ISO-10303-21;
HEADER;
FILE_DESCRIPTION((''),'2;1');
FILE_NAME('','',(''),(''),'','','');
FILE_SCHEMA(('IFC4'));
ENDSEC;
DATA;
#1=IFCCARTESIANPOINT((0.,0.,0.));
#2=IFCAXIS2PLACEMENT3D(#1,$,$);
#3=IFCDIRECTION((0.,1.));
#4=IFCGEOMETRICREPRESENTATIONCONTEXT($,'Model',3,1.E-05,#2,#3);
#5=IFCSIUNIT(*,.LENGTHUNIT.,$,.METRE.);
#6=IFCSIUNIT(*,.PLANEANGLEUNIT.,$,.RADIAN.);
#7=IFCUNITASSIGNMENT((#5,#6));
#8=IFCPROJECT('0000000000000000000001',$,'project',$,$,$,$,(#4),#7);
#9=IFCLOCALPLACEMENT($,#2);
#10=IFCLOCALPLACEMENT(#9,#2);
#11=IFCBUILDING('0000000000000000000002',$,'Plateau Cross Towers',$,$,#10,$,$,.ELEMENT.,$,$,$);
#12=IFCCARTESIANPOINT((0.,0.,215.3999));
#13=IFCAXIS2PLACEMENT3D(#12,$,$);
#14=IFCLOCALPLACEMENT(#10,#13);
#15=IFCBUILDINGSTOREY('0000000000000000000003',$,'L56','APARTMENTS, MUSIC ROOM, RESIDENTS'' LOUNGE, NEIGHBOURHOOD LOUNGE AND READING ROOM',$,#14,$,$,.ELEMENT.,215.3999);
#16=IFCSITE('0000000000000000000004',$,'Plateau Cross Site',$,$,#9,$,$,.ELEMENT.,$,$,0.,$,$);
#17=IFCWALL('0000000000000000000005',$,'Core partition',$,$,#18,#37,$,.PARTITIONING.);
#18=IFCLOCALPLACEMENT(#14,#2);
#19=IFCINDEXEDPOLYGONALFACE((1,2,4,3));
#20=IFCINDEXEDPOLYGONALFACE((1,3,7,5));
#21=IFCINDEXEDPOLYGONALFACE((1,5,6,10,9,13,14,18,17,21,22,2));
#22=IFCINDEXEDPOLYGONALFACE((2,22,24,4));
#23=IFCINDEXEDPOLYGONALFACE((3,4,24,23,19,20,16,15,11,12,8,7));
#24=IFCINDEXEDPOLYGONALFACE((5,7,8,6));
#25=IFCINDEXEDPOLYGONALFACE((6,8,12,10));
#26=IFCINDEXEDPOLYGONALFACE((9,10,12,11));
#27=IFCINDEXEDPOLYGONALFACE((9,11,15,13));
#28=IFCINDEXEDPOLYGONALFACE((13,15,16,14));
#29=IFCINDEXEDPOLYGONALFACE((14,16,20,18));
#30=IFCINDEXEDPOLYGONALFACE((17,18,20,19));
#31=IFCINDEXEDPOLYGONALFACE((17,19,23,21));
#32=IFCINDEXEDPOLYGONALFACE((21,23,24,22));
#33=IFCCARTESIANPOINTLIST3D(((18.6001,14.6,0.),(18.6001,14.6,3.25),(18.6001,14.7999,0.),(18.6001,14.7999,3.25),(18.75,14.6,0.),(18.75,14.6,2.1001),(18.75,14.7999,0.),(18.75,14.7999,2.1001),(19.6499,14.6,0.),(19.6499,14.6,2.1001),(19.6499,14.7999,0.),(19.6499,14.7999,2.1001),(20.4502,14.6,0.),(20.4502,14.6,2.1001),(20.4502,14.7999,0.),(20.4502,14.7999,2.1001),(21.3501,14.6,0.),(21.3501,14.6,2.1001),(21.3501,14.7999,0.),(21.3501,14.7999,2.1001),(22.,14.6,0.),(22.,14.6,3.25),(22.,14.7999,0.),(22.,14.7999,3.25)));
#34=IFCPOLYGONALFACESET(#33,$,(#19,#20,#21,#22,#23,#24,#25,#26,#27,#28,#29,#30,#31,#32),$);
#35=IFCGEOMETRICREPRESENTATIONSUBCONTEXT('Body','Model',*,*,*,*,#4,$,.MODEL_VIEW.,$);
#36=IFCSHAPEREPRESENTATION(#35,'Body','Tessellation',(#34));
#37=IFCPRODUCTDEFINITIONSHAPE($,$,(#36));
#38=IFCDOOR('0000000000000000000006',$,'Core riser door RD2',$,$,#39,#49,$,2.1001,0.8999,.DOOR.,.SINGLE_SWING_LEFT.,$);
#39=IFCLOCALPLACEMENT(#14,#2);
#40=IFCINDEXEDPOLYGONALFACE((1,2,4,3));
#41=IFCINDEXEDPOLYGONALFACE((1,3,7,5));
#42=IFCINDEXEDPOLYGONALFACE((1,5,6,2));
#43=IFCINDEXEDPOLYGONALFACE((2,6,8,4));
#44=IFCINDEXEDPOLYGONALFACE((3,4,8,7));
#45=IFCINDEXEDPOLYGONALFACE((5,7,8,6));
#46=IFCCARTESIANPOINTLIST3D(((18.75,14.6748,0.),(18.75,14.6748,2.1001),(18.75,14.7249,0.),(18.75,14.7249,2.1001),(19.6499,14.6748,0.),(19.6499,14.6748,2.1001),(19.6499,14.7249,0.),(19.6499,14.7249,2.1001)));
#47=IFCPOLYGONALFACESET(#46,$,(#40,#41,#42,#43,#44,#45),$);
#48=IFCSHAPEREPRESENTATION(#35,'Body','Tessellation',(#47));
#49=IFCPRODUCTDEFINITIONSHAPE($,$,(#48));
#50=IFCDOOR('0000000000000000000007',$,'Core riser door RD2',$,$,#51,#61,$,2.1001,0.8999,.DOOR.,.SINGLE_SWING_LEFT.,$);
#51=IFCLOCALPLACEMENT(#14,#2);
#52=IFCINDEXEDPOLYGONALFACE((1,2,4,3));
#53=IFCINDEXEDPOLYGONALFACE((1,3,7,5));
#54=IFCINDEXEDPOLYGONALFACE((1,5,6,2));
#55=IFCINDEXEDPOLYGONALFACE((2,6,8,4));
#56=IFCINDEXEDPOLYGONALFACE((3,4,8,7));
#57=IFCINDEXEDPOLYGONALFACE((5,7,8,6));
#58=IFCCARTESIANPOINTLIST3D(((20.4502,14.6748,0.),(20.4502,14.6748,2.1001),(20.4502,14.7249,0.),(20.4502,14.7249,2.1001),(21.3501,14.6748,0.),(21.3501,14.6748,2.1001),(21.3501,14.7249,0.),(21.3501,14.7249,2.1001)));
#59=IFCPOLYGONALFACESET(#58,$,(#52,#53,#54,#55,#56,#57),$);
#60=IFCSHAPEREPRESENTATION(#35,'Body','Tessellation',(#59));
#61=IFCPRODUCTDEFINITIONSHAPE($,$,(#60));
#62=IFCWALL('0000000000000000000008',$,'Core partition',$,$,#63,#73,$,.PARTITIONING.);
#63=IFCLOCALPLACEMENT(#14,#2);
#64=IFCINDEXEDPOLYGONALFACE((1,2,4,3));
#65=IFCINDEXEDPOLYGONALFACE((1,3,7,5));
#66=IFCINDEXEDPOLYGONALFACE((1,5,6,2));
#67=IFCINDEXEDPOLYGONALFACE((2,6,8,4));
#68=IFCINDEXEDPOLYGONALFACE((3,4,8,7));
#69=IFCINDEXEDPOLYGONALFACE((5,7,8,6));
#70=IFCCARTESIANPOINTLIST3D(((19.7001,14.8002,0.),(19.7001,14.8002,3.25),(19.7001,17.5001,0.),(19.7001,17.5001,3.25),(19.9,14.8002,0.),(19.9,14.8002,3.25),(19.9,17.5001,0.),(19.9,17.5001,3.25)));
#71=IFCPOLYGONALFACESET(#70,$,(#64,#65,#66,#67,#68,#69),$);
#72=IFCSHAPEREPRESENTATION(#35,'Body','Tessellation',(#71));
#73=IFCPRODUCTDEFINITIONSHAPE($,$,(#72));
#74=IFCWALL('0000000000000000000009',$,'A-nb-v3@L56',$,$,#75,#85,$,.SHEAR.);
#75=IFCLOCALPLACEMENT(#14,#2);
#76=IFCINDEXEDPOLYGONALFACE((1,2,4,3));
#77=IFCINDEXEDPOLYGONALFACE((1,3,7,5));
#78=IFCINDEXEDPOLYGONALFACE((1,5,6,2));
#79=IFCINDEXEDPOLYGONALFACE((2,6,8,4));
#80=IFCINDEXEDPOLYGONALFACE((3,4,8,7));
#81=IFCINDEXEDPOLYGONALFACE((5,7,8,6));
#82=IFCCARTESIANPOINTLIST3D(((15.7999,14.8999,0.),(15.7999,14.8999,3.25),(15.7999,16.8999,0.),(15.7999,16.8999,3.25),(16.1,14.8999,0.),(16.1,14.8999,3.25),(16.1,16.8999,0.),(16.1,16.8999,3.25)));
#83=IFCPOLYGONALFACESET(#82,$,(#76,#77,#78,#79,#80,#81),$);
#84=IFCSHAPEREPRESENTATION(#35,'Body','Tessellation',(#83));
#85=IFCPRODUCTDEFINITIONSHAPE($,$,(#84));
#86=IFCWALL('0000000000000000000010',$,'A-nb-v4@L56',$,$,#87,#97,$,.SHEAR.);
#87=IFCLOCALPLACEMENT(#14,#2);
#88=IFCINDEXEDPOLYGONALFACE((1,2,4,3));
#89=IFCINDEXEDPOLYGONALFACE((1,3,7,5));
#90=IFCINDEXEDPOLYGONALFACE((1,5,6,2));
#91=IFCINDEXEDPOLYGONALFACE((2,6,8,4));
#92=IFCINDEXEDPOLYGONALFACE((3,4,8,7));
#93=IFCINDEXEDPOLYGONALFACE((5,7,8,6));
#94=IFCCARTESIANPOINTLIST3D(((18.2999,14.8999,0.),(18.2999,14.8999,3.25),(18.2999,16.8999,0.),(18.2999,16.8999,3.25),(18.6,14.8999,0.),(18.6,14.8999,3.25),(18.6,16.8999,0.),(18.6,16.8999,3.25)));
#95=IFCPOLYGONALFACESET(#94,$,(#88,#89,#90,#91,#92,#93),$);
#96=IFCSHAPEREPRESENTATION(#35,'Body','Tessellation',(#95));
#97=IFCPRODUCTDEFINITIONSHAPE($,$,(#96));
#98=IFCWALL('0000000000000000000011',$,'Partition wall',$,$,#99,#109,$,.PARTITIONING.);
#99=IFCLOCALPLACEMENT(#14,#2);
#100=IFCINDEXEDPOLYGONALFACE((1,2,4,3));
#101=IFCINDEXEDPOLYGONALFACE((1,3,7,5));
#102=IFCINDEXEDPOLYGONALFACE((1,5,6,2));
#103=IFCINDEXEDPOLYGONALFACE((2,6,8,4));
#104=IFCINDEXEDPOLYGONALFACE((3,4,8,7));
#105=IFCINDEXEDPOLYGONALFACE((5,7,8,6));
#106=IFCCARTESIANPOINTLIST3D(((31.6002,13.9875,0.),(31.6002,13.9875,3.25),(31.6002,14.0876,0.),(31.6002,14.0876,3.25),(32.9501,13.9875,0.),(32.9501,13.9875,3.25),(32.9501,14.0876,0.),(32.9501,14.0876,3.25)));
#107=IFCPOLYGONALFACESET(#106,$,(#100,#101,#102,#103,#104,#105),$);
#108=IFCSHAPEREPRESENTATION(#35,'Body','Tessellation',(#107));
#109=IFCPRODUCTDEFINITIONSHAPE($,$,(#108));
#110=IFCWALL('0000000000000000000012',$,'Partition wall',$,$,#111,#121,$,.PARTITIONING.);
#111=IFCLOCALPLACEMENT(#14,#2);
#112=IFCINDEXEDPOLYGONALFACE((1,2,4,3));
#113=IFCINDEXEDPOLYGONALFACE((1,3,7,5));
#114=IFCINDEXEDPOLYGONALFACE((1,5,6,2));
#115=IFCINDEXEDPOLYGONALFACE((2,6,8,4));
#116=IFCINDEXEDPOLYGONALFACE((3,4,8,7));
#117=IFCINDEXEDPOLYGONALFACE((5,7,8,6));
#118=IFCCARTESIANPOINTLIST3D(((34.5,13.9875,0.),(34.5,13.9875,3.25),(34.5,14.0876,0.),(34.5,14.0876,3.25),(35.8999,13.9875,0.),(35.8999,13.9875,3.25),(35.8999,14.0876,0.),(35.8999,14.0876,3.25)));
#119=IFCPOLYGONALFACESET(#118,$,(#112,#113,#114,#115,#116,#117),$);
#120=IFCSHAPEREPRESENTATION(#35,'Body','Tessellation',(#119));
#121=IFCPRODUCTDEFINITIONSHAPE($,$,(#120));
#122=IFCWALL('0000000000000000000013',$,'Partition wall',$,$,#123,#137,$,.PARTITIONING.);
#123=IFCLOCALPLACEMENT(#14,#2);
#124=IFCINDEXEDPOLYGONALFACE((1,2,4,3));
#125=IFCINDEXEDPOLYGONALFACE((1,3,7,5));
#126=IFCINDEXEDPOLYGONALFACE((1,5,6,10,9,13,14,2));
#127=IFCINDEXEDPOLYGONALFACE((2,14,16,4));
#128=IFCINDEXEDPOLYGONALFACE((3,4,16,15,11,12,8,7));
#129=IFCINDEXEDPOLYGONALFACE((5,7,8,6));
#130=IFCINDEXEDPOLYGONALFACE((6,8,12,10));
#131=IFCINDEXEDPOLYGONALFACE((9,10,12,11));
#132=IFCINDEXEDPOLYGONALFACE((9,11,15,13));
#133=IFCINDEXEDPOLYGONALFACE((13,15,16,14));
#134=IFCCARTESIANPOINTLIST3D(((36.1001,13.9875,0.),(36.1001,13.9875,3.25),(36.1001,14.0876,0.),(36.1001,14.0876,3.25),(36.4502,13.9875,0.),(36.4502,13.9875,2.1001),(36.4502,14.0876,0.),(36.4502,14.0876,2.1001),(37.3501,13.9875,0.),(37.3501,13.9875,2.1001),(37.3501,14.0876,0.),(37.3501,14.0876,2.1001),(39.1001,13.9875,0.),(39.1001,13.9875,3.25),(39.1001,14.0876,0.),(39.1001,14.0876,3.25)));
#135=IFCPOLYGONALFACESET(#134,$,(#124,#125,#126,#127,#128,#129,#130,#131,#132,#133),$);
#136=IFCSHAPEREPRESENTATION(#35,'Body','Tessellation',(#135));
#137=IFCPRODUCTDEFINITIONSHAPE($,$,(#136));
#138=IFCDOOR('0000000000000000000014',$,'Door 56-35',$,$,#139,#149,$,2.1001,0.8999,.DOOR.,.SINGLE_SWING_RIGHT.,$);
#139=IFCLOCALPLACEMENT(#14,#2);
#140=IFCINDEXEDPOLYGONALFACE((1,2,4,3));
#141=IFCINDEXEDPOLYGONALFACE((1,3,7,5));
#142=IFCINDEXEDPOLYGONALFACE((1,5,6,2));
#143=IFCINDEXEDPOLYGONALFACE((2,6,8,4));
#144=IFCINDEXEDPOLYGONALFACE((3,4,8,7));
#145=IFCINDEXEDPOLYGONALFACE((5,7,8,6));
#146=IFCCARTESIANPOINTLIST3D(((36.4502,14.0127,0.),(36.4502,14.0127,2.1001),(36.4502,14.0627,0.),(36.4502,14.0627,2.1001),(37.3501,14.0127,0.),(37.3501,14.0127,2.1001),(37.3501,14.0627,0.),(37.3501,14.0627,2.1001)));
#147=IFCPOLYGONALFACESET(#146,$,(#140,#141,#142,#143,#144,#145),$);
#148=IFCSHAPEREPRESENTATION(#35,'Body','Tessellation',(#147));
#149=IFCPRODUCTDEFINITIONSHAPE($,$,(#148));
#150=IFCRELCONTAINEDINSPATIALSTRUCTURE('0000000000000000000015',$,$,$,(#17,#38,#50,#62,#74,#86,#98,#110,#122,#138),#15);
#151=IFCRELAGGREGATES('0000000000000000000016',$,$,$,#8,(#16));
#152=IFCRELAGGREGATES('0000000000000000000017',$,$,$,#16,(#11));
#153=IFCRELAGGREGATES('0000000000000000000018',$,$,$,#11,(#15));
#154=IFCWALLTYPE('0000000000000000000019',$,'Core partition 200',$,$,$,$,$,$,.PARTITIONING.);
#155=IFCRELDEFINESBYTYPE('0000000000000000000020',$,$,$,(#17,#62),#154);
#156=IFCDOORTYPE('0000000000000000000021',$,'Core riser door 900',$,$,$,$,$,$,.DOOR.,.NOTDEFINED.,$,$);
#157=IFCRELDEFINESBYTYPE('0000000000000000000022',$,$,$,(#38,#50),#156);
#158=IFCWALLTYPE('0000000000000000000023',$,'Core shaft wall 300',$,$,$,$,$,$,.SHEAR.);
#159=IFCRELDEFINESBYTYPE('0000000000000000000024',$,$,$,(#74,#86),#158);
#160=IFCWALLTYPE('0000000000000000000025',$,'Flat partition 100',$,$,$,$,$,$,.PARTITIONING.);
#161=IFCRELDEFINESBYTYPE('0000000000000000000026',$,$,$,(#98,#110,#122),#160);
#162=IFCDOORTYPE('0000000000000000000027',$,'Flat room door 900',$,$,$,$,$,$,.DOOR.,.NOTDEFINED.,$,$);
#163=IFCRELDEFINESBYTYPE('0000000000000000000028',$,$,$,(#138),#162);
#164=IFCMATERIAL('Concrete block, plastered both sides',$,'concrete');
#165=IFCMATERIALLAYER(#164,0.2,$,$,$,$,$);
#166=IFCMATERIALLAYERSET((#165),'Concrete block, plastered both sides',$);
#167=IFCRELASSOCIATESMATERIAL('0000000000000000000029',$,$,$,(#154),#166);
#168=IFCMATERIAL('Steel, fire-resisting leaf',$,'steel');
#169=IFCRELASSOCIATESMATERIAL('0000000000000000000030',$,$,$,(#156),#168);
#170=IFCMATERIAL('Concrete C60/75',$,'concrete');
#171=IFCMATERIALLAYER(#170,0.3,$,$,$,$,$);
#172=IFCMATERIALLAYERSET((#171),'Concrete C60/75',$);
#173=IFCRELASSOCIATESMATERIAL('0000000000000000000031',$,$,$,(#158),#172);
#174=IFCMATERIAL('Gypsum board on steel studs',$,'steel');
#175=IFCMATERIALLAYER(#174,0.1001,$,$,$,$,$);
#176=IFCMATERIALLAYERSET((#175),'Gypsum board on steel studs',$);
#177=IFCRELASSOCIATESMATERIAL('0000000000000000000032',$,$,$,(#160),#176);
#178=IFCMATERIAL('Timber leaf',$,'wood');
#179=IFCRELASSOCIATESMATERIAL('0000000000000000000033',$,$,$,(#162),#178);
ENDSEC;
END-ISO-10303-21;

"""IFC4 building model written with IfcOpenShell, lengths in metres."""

from ifc_helpers import new_model, si_unit, direction, frame, frame_2d, origin, place, context, subcontext, project, spatial, rectangle, extrude, material, layer, layer_set, type_object, element, fill, save


model = new_model("IFC4")

# Units and contexts
model_context = context("Model", 3, precision=1e-05, world=origin(), true_north=direction((0.0, 1.0)))
body_context = subcontext(model_context, "Body", "Model", "MODEL_VIEW")
ifc_project = project(units=[si_unit("LENGTHUNIT", "METRE"), si_unit("PLANEANGLEUNIT", "RADIAN")], contexts=[model_context])

# Site, building, storey
site_placement = place(None, origin())
site = spatial("IfcSite", under=ifc_project, at=site_placement, Name="Plateau Cross Site", CompositionType="ELEMENT", RefElevation=0.0)
building_placement = place(site_placement, origin())
building = spatial("IfcBuilding", under=site, at=building_placement, Name="Plateau Cross Towers", CompositionType="ELEMENT")
storey_placement = place(building_placement, frame((0.0, 0.0, 215.3999)))
storey = spatial("IfcBuildingStorey", under=building, at=storey_placement, Name="L56", Description="APARTMENTS, MUSIC ROOM, RESIDENTS' LOUNGE, NEIGHBOURHOOD LOUNGE AND READING ROOM", CompositionType="ELEMENT", Elevation=215.3999)

# Shared definitions
ifc_material_1 = material(Name="Concrete C60/75", Category="concrete")

# Wall, openings, doors
ifc_material_2 = material(Name="Concrete block, plastered both sides", Category="concrete")
ifc_layer_1 = layer(ifc_material_2, 0.2)
ifc_layer_set_1 = layer_set([ifc_layer_1], Name="Concrete block, plastered both sides")
wall_type_1 = type_object("IfcWallType", Name="Core partition 200", PredefinedType="PARTITIONING", material=ifc_layer_set_1)
wall_1_placement = place(storey_placement, frame((18.6001, 14.7, 0.0), z_axis=(0.0, 0.0, 1.0), x_axis=(1.0, 0.0, 0.0)))
wall_1 = element("IfcWall", 1, at=wall_1_placement, inside=storey, type_object=wall_type_1, Name="Core partition", PredefinedType="PARTITIONING", context=body_context, shape_type="SweptSolid", body=[
    extrude(rectangle(XDim=3.3999, YDim=0.2, at=frame_2d((1.7, 0.0))), origin(), (0.0, 0.0, 1.0), 3.25),
])
opening_1_placement = place(wall_1_placement, frame((0.1499, 0.0, 0.0)))
opening_1 = element("IfcOpeningElement", 2, at=opening_1_placement, cuts=wall_1, PredefinedType="OPENING", context=body_context, shape_type="SweptSolid", body=[
    extrude(rectangle(XDim=0.8999, YDim=2.1001, at=frame_2d((0.45, 1.05))), frame((0.0, 0.1099, 0.0), z_axis=(0.0, -1.0, 0.0), x_axis=(1.0, 0.0, 0.0)), (0.0, 0.0, 1.0), 0.22),
])
opening_2_placement = place(wall_1_placement, frame((1.8501, 0.0, 0.0)))
opening_2 = element("IfcOpeningElement", 3, at=opening_2_placement, cuts=wall_1, PredefinedType="OPENING", context=body_context, shape_type="SweptSolid", body=[
    extrude(rectangle(XDim=0.8999, YDim=2.1001, at=frame_2d((0.45, 1.05))), frame((0.0, 0.1099, 0.0), z_axis=(0.0, -1.0, 0.0), x_axis=(1.0, 0.0, 0.0)), (0.0, 0.0, 1.0), 0.22),
])
ifc_material_3 = material(Name="Steel, fire-resisting leaf", Category="steel")
door_type_1 = type_object("IfcDoorType", Name="Core riser door 900", OperationType="NOTDEFINED", PredefinedType="DOOR", material=ifc_material_3)
door_1_placement = place(opening_1_placement, origin())
door_1 = element("IfcDoor", 4, at=door_1_placement, inside=storey, type_object=door_type_1, Name="Core riser door RD2", OperationType="SINGLE_SWING_LEFT", OverallHeight=2.1001, OverallWidth=0.8999, PredefinedType="DOOR", context=body_context, shape_type="SweptSolid", body=[
    extrude(rectangle(XDim=0.8999, YDim=2.1001, at=frame_2d((0.45, 1.05))), frame((0.0, 0.0249, 0.0), z_axis=(0.0, -1.0, 0.0), x_axis=(1.0, 0.0, 0.0)), (0.0, 0.0, 1.0), 0.05),
])
fill(opening_1, door_1)
door_2_placement = place(opening_2_placement, origin())
door_2 = element("IfcDoor", 5, at=door_2_placement, inside=storey, type_object=door_type_1, Name="Core riser door RD2", OperationType="SINGLE_SWING_LEFT", OverallHeight=2.1001, OverallWidth=0.8999, PredefinedType="DOOR", context=body_context, shape_type="SweptSolid", body=[
    extrude(rectangle(XDim=0.8999, YDim=2.1001, at=frame_2d((0.45, 1.05))), frame((0.0, 0.0249, 0.0), z_axis=(0.0, -1.0, 0.0), x_axis=(1.0, 0.0, 0.0)), (0.0, 0.0, 1.0), 0.05),
])
fill(opening_2, door_2)

# Walls
wall_2_placement = place(storey_placement, frame((19.8, 14.8, 0.0), z_axis=(0.0, 0.0, 1.0), x_axis=(0.0, 1.0, 0.0)))
element("IfcWall", 6, at=wall_2_placement, inside=storey, type_object=wall_type_1, Name="Core partition", PredefinedType="PARTITIONING", context=body_context, shape_type="SweptSolid", body=[
    extrude(rectangle(XDim=2.7, YDim=0.2, at=frame_2d((1.3501, 0.0))), origin(), (0.0, 0.0, 1.0), 3.25),
])
ifc_layer_2 = layer(ifc_material_1, 0.3)
ifc_layer_set_2 = layer_set([ifc_layer_2], Name="Concrete C60/75")
wall_type_2 = type_object("IfcWallType", Name="Core shaft wall 300", PredefinedType="SHEAR", material=ifc_layer_set_2)
for number, where, z_axis, x_axis, name in (
    (7, (15.95, 14.8999, 0.0), (0.0, 0.0, 1.0), (0.0, 1.0, 0.0), "A-nb-v3@L56"),
    (8, (18.45, 14.8999, 0.0), (0.0, 0.0, 1.0), (0.0, 1.0, 0.0), "A-nb-v4@L56"),
):
    element("IfcWall", number, at=place(storey_placement, frame(where, z_axis=z_axis, x_axis=x_axis)), inside=storey, type_object=wall_type_2, Name=name, PredefinedType="SHEAR", context=body_context, shape_type="SweptSolid", body=[
        extrude(rectangle(XDim=2.0, YDim=0.3, at=frame_2d((1.0, 0.0))), origin(), (0.0, 0.0, 1.0), 3.25),
    ])
ifc_material_4 = material(Name="Gypsum board on steel studs", Category="steel")
ifc_layer_3 = layer(ifc_material_4, 0.1001)
ifc_layer_set_3 = layer_set([ifc_layer_3], Name="Gypsum board on steel studs")
wall_type_3 = type_object("IfcWallType", Name="Flat partition 100", PredefinedType="PARTITIONING", material=ifc_layer_set_3)
wall_3_placement = place(storey_placement, frame((32.95, 14.0376, 0.0), z_axis=(0.0, 0.0, 1.0), x_axis=(-1.0, 0.0, 0.0)))
element("IfcWall", 9, at=wall_3_placement, inside=storey, type_object=wall_type_3, Name="Partition wall", PredefinedType="PARTITIONING", context=body_context, shape_type="SweptSolid", body=[
    extrude(rectangle(XDim=1.3499, YDim=0.1001, at=frame_2d((0.6748, 0.0))), origin(), (0.0, 0.0, 1.0), 3.25),
])
wall_4_placement = place(storey_placement, frame((35.8999, 14.0376, 0.0), z_axis=(0.0, 0.0, 1.0), x_axis=(-1.0, 0.0, 0.0)))
element("IfcWall", 10, at=wall_4_placement, inside=storey, type_object=wall_type_3, Name="Partition wall", PredefinedType="PARTITIONING", context=body_context, shape_type="SweptSolid", body=[
    extrude(rectangle(XDim=1.3999, YDim=0.1001, at=frame_2d((0.7, 0.0))), origin(), (0.0, 0.0, 1.0), 3.25),
])

# Wall, opening, door
wall_5_placement = place(storey_placement, frame((39.1001, 14.0376, 0.0), z_axis=(0.0, 0.0, 1.0), x_axis=(-1.0, 0.0, 0.0)))
wall_5 = element("IfcWall", 11, at=wall_5_placement, inside=storey, type_object=wall_type_3, Name="Partition wall", PredefinedType="PARTITIONING", context=body_context, shape_type="SweptSolid", body=[
    extrude(rectangle(XDim=3.0, YDim=0.1001, at=frame_2d((1.5, 0.0))), origin(), (0.0, 0.0, 1.0), 3.25),
])
opening_3_placement = place(wall_5_placement, frame((1.75, 0.0, 0.0)))
opening_3 = element("IfcOpeningElement", 12, at=opening_3_placement, cuts=wall_5, PredefinedType="OPENING", context=body_context, shape_type="SweptSolid", body=[
    extrude(rectangle(XDim=0.8999, YDim=2.1001, at=frame_2d((0.45, 1.05))), frame((0.0, 0.0601, 0.0), z_axis=(0.0, -1.0, 0.0), x_axis=(1.0, 0.0, 0.0)), (0.0, 0.0, 1.0), 0.1201),
])
ifc_material_5 = material(Name="Timber leaf", Category="wood")
door_type_2 = type_object("IfcDoorType", Name="Flat room door 900", OperationType="NOTDEFINED", PredefinedType="DOOR", material=ifc_material_5)
door_3_placement = place(opening_3_placement, origin())
door_3 = element("IfcDoor", 13, at=door_3_placement, inside=storey, type_object=door_type_2, Name="Door 56-35", OperationType="SINGLE_SWING_RIGHT", OverallHeight=2.1001, OverallWidth=0.8999, PredefinedType="DOOR", context=body_context, shape_type="SweptSolid", body=[
    extrude(rectangle(XDim=0.8999, YDim=2.1001, at=frame_2d((0.45, 1.05))), frame((0.0, 0.0249, 0.0), z_axis=(0.0, -1.0, 0.0), x_axis=(1.0, 0.0, 0.0)), (0.0, 0.0, 1.0), 0.05),
])
fill(opening_3, door_3)

save(model, "model.ifc")
